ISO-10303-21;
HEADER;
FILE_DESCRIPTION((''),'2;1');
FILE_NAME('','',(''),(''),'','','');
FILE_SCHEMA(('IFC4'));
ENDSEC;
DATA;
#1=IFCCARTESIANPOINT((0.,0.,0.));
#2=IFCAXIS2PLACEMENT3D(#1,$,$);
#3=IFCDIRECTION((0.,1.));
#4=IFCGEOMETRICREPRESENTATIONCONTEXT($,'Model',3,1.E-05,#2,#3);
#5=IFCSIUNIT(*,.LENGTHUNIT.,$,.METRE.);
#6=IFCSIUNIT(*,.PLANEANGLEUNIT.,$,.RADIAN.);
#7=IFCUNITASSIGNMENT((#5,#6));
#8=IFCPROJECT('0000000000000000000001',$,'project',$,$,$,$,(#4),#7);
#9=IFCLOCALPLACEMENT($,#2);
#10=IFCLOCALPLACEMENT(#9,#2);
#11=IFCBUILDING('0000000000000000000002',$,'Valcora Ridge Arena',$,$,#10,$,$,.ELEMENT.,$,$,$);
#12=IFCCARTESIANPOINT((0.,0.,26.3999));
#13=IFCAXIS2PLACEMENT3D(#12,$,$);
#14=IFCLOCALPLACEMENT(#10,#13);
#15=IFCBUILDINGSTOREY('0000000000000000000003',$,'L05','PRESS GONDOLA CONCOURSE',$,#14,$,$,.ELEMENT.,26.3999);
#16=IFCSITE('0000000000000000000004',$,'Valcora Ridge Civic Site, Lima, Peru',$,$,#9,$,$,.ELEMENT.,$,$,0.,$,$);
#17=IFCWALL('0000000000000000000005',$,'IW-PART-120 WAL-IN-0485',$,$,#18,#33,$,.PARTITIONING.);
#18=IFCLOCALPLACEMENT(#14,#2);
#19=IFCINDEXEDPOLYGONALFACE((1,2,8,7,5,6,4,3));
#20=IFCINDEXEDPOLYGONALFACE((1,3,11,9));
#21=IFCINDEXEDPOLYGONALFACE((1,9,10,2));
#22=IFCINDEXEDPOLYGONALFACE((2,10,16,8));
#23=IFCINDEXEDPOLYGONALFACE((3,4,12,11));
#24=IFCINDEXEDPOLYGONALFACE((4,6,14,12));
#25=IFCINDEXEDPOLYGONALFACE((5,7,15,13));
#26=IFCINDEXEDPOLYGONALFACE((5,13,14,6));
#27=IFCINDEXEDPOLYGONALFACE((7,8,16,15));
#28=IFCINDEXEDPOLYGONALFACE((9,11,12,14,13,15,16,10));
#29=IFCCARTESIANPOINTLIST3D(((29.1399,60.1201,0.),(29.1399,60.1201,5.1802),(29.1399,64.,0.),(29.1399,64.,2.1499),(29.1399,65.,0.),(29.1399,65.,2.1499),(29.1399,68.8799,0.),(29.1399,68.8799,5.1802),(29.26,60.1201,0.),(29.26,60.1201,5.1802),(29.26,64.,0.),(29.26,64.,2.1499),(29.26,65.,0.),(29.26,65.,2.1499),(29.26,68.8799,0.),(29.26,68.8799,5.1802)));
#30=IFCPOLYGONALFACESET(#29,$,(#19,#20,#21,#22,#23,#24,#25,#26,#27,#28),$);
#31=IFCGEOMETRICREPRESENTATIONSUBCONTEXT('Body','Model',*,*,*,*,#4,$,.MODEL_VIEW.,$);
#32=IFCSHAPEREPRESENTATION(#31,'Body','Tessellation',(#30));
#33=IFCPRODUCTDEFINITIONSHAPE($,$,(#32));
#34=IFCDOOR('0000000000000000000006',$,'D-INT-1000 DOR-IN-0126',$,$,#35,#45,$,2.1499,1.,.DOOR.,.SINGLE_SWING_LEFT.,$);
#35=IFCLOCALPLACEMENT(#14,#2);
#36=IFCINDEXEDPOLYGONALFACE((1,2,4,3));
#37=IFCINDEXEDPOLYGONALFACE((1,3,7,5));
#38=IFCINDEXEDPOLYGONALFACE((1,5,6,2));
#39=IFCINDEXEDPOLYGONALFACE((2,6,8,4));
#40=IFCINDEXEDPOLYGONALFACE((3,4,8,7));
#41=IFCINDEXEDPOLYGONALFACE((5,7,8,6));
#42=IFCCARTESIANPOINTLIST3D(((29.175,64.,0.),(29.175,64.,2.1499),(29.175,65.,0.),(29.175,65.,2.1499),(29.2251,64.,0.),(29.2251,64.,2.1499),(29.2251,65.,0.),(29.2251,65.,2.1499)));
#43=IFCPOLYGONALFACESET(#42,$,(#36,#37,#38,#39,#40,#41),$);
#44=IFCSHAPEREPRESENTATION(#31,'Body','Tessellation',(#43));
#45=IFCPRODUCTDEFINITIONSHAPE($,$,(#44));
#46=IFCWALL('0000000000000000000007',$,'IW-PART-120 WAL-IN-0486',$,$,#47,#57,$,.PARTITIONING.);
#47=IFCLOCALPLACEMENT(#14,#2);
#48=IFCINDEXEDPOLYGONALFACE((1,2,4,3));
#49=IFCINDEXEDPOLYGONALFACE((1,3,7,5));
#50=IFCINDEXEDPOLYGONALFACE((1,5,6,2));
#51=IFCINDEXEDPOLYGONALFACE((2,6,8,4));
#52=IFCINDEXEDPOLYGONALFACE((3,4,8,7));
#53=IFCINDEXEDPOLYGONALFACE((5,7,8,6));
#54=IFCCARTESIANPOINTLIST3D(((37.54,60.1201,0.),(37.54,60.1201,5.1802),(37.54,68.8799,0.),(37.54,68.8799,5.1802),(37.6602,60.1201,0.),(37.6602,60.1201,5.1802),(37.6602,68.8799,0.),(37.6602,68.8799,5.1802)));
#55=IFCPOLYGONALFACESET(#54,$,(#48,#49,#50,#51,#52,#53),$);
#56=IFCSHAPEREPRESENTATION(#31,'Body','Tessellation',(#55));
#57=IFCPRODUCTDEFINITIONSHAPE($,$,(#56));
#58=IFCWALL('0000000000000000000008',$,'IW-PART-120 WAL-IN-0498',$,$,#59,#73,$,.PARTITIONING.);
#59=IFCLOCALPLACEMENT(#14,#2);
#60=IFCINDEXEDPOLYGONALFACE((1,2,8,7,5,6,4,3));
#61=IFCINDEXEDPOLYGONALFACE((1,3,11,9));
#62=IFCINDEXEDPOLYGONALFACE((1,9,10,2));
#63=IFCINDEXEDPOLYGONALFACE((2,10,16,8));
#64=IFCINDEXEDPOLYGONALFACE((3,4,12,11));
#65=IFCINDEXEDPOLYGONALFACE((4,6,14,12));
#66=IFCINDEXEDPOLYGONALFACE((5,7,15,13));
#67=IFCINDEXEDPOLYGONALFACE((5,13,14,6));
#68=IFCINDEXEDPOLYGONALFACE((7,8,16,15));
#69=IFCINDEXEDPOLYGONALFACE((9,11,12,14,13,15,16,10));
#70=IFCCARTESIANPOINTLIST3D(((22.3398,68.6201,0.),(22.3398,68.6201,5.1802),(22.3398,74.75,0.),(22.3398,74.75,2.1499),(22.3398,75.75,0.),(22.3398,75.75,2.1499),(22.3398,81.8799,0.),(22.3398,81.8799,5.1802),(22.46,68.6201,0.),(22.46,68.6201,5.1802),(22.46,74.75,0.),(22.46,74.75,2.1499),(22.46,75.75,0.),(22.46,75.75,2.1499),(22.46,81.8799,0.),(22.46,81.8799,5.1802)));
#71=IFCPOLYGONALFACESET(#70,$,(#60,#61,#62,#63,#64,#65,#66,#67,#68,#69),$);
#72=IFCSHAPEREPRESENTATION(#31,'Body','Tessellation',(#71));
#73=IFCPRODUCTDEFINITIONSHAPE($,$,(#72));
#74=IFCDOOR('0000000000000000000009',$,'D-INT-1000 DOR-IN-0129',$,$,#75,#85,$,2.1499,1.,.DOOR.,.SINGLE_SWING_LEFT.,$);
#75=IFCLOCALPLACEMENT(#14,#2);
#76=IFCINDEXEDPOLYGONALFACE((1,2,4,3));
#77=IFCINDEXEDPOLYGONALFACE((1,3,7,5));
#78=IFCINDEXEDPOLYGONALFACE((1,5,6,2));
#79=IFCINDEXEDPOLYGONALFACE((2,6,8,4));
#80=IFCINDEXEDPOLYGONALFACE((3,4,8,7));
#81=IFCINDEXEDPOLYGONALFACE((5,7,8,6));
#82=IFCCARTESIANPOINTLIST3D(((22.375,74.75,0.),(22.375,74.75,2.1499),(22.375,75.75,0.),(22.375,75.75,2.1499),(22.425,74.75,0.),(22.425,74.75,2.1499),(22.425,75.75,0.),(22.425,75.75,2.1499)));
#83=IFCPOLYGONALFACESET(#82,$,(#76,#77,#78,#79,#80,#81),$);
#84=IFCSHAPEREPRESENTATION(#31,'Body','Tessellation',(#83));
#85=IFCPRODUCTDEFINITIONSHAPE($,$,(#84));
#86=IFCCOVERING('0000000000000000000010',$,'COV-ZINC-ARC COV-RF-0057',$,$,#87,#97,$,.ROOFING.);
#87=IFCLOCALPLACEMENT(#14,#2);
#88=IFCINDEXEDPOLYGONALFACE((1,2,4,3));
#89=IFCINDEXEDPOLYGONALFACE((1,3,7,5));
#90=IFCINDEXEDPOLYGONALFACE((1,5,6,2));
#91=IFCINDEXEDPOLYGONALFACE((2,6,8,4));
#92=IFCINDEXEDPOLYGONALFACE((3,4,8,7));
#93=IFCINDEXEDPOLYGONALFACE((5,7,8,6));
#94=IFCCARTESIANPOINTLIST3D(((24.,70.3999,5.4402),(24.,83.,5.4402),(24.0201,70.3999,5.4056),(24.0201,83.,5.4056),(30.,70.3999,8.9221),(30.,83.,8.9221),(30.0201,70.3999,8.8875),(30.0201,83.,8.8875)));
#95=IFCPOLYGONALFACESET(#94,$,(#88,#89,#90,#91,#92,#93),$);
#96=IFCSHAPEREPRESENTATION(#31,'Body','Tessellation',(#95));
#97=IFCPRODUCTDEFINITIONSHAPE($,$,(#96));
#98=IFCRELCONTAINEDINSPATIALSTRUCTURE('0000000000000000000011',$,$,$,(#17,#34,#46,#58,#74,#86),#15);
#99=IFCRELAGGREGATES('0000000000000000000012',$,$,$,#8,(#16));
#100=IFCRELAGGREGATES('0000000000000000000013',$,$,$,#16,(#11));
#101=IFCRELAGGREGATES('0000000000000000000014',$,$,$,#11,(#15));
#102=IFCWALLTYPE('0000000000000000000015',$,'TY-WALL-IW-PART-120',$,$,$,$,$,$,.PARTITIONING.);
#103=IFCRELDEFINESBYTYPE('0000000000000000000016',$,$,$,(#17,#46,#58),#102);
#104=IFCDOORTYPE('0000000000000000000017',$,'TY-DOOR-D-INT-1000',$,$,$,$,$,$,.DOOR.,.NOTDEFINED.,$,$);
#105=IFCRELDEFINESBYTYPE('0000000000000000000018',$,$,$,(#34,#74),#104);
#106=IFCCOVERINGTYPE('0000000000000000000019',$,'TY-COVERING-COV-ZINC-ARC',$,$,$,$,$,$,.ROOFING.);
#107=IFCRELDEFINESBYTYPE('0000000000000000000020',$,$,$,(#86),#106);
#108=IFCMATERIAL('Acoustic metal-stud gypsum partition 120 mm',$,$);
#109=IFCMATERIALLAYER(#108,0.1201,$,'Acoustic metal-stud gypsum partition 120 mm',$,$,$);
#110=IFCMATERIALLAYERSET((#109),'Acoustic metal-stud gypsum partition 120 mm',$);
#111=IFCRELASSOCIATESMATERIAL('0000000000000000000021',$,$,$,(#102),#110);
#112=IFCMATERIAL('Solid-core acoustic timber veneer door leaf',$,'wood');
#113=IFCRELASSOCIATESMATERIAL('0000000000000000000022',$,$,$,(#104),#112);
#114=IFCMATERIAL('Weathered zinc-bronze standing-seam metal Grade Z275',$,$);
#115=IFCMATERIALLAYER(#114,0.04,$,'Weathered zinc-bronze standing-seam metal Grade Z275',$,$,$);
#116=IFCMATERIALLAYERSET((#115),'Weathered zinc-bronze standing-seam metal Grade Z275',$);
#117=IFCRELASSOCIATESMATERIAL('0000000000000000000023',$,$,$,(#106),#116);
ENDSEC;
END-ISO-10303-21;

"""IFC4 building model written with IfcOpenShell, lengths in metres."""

from ifc_helpers import new_model, si_unit, direction, frame, frame_2d, origin, place, context, subcontext, project, spatial, polyline, rectangle, outline, extrude, material, layer, layer_set, type_object, element, fill, save


model = new_model("IFC4")

# Units and contexts
model_context = context("Model", 3, precision=1e-05, world=origin(), true_north=direction((0.0, 1.0)))
body_context = subcontext(model_context, "Body", "Model", "MODEL_VIEW")
ifc_project = project(units=[si_unit("LENGTHUNIT", "METRE"), si_unit("PLANEANGLEUNIT", "RADIAN")], contexts=[model_context])

# Site, building, storey
site_placement = place(None, origin())
site = spatial("IfcSite", under=ifc_project, at=site_placement, Name="Valcora Ridge Civic Site, Lima, Peru", CompositionType="ELEMENT", RefElevation=0.0)
building_placement = place(site_placement, origin())
building = spatial("IfcBuilding", under=site, at=building_placement, Name="Valcora Ridge Arena", CompositionType="ELEMENT")
storey_placement = place(building_placement, frame((0.0, 0.0, 26.3999)))
storey = spatial("IfcBuildingStorey", under=building, at=storey_placement, Name="L05", Description="PRESS GONDOLA CONCOURSE", CompositionType="ELEMENT", Elevation=26.3999)

# Shared definitions
ifc_material_1 = material(Name="Acoustic metal-stud gypsum partition 120 mm")
ifc_layer_1 = layer(ifc_material_1, 0.1201, Name="Acoustic metal-stud gypsum partition 120 mm")
ifc_layer_set_1 = layer_set([ifc_layer_1], Name="Acoustic metal-stud gypsum partition 120 mm")
wall_type = type_object("IfcWallType", Name="TY-WALL-IW-PART-120", PredefinedType="PARTITIONING", material=ifc_layer_set_1)

# Wall, opening, door
wall_1_placement = place(storey_placement, frame((29.2, 60.1201, 0.0), z_axis=(0.0, 0.0, 1.0), x_axis=(0.0, 1.0, 0.0)))
wall_1 = element("IfcWall", 1, at=wall_1_placement, inside=storey, type_object=wall_type, Name="IW-PART-120 WAL-IN-0485", PredefinedType="PARTITIONING", context=body_context, shape_type="SweptSolid", body=[
    extrude(rectangle(XDim=8.7598, YDim=0.1201, at=frame_2d((4.3799, 0.0))), origin(), (0.0, 0.0, 1.0), 5.1802),
])
opening_1_placement = place(wall_1_placement, frame((3.8799, 0.0, 0.0)))
opening_1 = element("IfcOpeningElement", 2, at=opening_1_placement, cuts=wall_1, PredefinedType="OPENING", context=body_context, shape_type="SweptSolid", body=[
    extrude(rectangle(XDim=1.0, YDim=2.1499, at=frame_2d((0.5, 1.075))), frame((0.0, 0.0701, 0.0), z_axis=(0.0, -1.0, 0.0), x_axis=(1.0, 0.0, 0.0)), (0.0, 0.0, 1.0), 0.1401),
])
ifc_material_2 = material(Name="Solid-core acoustic timber veneer door leaf", Category="wood")
door_type = type_object("IfcDoorType", Name="TY-DOOR-D-INT-1000", OperationType="NOTDEFINED", PredefinedType="DOOR", material=ifc_material_2)
door_1_placement = place(opening_1_placement, origin())
door_1 = element("IfcDoor", 3, at=door_1_placement, inside=storey, type_object=door_type, Name="D-INT-1000 DOR-IN-0126", OperationType="SINGLE_SWING_LEFT", OverallHeight=2.1499, OverallWidth=1.0, PredefinedType="DOOR", context=body_context, shape_type="SweptSolid", body=[
    extrude(rectangle(XDim=1.0, YDim=2.1499, at=frame_2d((0.5, 1.075))), frame((0.0, 0.0249, 0.0), z_axis=(0.0, -1.0, 0.0), x_axis=(1.0, 0.0, 0.0)), (0.0, 0.0, 1.0), 0.05),
])
fill(opening_1, door_1)

# Wall
wall_2_placement = place(storey_placement, frame((37.6001, 60.1201, 0.0), z_axis=(0.0, 0.0, 1.0), x_axis=(0.0, 1.0, 0.0)))
element("IfcWall", 4, at=wall_2_placement, inside=storey, type_object=wall_type, Name="IW-PART-120 WAL-IN-0486", PredefinedType="PARTITIONING", context=body_context, shape_type="SweptSolid", body=[
    extrude(rectangle(XDim=8.7598, YDim=0.1201, at=frame_2d((4.3799, 0.0))), origin(), (0.0, 0.0, 1.0), 5.1802),
])

# Wall, opening, door
wall_3_placement = place(storey_placement, frame((22.3999, 68.6201, 0.0), z_axis=(0.0, 0.0, 1.0), x_axis=(0.0, 1.0, 0.0)))
wall_3 = element("IfcWall", 5, at=wall_3_placement, inside=storey, type_object=wall_type, Name="IW-PART-120 WAL-IN-0498", PredefinedType="PARTITIONING", context=body_context, shape_type="SweptSolid", body=[
    extrude(rectangle(XDim=13.2598, YDim=0.1201, at=frame_2d((6.6299, 0.0))), origin(), (0.0, 0.0, 1.0), 5.1802),
])
opening_2_placement = place(wall_3_placement, frame((6.1299, 0.0, 0.0)))
opening_2 = element("IfcOpeningElement", 6, at=opening_2_placement, cuts=wall_3, PredefinedType="OPENING", context=body_context, shape_type="SweptSolid", body=[
    extrude(rectangle(XDim=1.0, YDim=2.1499, at=frame_2d((0.5, 1.075))), frame((0.0, 0.0701, 0.0), z_axis=(0.0, -1.0, 0.0), x_axis=(1.0, 0.0, 0.0)), (0.0, 0.0, 1.0), 0.1401),
])
door_2_placement = place(opening_2_placement, origin())
door_2 = element("IfcDoor", 7, at=door_2_placement, inside=storey, type_object=door_type, Name="D-INT-1000 DOR-IN-0129", OperationType="SINGLE_SWING_LEFT", OverallHeight=2.1499, OverallWidth=1.0, PredefinedType="DOOR", context=body_context, shape_type="SweptSolid", body=[
    extrude(rectangle(XDim=1.0, YDim=2.1499, at=frame_2d((0.5, 1.075))), frame((0.0, 0.0249, 0.0), z_axis=(0.0, -1.0, 0.0), x_axis=(1.0, 0.0, 0.0)), (0.0, 0.0, 1.0), 0.05),
])
fill(opening_2, door_2)

# Covering
ifc_material_3 = material(Name="Weathered zinc-bronze standing-seam metal Grade Z275")
ifc_layer_2 = layer(ifc_material_3, 0.04, Name="Weathered zinc-bronze standing-seam metal Grade Z275")
ifc_layer_set_2 = layer_set([ifc_layer_2], Name="Weathered zinc-bronze standing-seam metal Grade Z275")
covering_type = type_object("IfcCoveringType", Name="TY-COVERING-COV-ZINC-ARC", PredefinedType="ROOFING", material=ifc_layer_set_2)
covering_placement = place(storey_placement, frame((24.0, 70.3999, 5.4402), z_axis=(-0.501927, 0.0, 0.86491), x_axis=(0.86491, 0.0, 0.501927)))
element("IfcCovering", 8, at=covering_placement, inside=storey, type_object=covering_type, Name="COV-ZINC-ARC COV-RF-0057", PredefinedType="ROOFING", context=body_context, shape_type="SweptSolid", body=[
    extrude(outline(polyline([(0.0, 0.0), (6.9371, 0.0), (6.9371, 12.6001), (0.0, 12.6001), (0.0, 0.0)])), origin(), (0.0, 0.0, -1.0), 0.04),
])

save(model, "model.ifc")
